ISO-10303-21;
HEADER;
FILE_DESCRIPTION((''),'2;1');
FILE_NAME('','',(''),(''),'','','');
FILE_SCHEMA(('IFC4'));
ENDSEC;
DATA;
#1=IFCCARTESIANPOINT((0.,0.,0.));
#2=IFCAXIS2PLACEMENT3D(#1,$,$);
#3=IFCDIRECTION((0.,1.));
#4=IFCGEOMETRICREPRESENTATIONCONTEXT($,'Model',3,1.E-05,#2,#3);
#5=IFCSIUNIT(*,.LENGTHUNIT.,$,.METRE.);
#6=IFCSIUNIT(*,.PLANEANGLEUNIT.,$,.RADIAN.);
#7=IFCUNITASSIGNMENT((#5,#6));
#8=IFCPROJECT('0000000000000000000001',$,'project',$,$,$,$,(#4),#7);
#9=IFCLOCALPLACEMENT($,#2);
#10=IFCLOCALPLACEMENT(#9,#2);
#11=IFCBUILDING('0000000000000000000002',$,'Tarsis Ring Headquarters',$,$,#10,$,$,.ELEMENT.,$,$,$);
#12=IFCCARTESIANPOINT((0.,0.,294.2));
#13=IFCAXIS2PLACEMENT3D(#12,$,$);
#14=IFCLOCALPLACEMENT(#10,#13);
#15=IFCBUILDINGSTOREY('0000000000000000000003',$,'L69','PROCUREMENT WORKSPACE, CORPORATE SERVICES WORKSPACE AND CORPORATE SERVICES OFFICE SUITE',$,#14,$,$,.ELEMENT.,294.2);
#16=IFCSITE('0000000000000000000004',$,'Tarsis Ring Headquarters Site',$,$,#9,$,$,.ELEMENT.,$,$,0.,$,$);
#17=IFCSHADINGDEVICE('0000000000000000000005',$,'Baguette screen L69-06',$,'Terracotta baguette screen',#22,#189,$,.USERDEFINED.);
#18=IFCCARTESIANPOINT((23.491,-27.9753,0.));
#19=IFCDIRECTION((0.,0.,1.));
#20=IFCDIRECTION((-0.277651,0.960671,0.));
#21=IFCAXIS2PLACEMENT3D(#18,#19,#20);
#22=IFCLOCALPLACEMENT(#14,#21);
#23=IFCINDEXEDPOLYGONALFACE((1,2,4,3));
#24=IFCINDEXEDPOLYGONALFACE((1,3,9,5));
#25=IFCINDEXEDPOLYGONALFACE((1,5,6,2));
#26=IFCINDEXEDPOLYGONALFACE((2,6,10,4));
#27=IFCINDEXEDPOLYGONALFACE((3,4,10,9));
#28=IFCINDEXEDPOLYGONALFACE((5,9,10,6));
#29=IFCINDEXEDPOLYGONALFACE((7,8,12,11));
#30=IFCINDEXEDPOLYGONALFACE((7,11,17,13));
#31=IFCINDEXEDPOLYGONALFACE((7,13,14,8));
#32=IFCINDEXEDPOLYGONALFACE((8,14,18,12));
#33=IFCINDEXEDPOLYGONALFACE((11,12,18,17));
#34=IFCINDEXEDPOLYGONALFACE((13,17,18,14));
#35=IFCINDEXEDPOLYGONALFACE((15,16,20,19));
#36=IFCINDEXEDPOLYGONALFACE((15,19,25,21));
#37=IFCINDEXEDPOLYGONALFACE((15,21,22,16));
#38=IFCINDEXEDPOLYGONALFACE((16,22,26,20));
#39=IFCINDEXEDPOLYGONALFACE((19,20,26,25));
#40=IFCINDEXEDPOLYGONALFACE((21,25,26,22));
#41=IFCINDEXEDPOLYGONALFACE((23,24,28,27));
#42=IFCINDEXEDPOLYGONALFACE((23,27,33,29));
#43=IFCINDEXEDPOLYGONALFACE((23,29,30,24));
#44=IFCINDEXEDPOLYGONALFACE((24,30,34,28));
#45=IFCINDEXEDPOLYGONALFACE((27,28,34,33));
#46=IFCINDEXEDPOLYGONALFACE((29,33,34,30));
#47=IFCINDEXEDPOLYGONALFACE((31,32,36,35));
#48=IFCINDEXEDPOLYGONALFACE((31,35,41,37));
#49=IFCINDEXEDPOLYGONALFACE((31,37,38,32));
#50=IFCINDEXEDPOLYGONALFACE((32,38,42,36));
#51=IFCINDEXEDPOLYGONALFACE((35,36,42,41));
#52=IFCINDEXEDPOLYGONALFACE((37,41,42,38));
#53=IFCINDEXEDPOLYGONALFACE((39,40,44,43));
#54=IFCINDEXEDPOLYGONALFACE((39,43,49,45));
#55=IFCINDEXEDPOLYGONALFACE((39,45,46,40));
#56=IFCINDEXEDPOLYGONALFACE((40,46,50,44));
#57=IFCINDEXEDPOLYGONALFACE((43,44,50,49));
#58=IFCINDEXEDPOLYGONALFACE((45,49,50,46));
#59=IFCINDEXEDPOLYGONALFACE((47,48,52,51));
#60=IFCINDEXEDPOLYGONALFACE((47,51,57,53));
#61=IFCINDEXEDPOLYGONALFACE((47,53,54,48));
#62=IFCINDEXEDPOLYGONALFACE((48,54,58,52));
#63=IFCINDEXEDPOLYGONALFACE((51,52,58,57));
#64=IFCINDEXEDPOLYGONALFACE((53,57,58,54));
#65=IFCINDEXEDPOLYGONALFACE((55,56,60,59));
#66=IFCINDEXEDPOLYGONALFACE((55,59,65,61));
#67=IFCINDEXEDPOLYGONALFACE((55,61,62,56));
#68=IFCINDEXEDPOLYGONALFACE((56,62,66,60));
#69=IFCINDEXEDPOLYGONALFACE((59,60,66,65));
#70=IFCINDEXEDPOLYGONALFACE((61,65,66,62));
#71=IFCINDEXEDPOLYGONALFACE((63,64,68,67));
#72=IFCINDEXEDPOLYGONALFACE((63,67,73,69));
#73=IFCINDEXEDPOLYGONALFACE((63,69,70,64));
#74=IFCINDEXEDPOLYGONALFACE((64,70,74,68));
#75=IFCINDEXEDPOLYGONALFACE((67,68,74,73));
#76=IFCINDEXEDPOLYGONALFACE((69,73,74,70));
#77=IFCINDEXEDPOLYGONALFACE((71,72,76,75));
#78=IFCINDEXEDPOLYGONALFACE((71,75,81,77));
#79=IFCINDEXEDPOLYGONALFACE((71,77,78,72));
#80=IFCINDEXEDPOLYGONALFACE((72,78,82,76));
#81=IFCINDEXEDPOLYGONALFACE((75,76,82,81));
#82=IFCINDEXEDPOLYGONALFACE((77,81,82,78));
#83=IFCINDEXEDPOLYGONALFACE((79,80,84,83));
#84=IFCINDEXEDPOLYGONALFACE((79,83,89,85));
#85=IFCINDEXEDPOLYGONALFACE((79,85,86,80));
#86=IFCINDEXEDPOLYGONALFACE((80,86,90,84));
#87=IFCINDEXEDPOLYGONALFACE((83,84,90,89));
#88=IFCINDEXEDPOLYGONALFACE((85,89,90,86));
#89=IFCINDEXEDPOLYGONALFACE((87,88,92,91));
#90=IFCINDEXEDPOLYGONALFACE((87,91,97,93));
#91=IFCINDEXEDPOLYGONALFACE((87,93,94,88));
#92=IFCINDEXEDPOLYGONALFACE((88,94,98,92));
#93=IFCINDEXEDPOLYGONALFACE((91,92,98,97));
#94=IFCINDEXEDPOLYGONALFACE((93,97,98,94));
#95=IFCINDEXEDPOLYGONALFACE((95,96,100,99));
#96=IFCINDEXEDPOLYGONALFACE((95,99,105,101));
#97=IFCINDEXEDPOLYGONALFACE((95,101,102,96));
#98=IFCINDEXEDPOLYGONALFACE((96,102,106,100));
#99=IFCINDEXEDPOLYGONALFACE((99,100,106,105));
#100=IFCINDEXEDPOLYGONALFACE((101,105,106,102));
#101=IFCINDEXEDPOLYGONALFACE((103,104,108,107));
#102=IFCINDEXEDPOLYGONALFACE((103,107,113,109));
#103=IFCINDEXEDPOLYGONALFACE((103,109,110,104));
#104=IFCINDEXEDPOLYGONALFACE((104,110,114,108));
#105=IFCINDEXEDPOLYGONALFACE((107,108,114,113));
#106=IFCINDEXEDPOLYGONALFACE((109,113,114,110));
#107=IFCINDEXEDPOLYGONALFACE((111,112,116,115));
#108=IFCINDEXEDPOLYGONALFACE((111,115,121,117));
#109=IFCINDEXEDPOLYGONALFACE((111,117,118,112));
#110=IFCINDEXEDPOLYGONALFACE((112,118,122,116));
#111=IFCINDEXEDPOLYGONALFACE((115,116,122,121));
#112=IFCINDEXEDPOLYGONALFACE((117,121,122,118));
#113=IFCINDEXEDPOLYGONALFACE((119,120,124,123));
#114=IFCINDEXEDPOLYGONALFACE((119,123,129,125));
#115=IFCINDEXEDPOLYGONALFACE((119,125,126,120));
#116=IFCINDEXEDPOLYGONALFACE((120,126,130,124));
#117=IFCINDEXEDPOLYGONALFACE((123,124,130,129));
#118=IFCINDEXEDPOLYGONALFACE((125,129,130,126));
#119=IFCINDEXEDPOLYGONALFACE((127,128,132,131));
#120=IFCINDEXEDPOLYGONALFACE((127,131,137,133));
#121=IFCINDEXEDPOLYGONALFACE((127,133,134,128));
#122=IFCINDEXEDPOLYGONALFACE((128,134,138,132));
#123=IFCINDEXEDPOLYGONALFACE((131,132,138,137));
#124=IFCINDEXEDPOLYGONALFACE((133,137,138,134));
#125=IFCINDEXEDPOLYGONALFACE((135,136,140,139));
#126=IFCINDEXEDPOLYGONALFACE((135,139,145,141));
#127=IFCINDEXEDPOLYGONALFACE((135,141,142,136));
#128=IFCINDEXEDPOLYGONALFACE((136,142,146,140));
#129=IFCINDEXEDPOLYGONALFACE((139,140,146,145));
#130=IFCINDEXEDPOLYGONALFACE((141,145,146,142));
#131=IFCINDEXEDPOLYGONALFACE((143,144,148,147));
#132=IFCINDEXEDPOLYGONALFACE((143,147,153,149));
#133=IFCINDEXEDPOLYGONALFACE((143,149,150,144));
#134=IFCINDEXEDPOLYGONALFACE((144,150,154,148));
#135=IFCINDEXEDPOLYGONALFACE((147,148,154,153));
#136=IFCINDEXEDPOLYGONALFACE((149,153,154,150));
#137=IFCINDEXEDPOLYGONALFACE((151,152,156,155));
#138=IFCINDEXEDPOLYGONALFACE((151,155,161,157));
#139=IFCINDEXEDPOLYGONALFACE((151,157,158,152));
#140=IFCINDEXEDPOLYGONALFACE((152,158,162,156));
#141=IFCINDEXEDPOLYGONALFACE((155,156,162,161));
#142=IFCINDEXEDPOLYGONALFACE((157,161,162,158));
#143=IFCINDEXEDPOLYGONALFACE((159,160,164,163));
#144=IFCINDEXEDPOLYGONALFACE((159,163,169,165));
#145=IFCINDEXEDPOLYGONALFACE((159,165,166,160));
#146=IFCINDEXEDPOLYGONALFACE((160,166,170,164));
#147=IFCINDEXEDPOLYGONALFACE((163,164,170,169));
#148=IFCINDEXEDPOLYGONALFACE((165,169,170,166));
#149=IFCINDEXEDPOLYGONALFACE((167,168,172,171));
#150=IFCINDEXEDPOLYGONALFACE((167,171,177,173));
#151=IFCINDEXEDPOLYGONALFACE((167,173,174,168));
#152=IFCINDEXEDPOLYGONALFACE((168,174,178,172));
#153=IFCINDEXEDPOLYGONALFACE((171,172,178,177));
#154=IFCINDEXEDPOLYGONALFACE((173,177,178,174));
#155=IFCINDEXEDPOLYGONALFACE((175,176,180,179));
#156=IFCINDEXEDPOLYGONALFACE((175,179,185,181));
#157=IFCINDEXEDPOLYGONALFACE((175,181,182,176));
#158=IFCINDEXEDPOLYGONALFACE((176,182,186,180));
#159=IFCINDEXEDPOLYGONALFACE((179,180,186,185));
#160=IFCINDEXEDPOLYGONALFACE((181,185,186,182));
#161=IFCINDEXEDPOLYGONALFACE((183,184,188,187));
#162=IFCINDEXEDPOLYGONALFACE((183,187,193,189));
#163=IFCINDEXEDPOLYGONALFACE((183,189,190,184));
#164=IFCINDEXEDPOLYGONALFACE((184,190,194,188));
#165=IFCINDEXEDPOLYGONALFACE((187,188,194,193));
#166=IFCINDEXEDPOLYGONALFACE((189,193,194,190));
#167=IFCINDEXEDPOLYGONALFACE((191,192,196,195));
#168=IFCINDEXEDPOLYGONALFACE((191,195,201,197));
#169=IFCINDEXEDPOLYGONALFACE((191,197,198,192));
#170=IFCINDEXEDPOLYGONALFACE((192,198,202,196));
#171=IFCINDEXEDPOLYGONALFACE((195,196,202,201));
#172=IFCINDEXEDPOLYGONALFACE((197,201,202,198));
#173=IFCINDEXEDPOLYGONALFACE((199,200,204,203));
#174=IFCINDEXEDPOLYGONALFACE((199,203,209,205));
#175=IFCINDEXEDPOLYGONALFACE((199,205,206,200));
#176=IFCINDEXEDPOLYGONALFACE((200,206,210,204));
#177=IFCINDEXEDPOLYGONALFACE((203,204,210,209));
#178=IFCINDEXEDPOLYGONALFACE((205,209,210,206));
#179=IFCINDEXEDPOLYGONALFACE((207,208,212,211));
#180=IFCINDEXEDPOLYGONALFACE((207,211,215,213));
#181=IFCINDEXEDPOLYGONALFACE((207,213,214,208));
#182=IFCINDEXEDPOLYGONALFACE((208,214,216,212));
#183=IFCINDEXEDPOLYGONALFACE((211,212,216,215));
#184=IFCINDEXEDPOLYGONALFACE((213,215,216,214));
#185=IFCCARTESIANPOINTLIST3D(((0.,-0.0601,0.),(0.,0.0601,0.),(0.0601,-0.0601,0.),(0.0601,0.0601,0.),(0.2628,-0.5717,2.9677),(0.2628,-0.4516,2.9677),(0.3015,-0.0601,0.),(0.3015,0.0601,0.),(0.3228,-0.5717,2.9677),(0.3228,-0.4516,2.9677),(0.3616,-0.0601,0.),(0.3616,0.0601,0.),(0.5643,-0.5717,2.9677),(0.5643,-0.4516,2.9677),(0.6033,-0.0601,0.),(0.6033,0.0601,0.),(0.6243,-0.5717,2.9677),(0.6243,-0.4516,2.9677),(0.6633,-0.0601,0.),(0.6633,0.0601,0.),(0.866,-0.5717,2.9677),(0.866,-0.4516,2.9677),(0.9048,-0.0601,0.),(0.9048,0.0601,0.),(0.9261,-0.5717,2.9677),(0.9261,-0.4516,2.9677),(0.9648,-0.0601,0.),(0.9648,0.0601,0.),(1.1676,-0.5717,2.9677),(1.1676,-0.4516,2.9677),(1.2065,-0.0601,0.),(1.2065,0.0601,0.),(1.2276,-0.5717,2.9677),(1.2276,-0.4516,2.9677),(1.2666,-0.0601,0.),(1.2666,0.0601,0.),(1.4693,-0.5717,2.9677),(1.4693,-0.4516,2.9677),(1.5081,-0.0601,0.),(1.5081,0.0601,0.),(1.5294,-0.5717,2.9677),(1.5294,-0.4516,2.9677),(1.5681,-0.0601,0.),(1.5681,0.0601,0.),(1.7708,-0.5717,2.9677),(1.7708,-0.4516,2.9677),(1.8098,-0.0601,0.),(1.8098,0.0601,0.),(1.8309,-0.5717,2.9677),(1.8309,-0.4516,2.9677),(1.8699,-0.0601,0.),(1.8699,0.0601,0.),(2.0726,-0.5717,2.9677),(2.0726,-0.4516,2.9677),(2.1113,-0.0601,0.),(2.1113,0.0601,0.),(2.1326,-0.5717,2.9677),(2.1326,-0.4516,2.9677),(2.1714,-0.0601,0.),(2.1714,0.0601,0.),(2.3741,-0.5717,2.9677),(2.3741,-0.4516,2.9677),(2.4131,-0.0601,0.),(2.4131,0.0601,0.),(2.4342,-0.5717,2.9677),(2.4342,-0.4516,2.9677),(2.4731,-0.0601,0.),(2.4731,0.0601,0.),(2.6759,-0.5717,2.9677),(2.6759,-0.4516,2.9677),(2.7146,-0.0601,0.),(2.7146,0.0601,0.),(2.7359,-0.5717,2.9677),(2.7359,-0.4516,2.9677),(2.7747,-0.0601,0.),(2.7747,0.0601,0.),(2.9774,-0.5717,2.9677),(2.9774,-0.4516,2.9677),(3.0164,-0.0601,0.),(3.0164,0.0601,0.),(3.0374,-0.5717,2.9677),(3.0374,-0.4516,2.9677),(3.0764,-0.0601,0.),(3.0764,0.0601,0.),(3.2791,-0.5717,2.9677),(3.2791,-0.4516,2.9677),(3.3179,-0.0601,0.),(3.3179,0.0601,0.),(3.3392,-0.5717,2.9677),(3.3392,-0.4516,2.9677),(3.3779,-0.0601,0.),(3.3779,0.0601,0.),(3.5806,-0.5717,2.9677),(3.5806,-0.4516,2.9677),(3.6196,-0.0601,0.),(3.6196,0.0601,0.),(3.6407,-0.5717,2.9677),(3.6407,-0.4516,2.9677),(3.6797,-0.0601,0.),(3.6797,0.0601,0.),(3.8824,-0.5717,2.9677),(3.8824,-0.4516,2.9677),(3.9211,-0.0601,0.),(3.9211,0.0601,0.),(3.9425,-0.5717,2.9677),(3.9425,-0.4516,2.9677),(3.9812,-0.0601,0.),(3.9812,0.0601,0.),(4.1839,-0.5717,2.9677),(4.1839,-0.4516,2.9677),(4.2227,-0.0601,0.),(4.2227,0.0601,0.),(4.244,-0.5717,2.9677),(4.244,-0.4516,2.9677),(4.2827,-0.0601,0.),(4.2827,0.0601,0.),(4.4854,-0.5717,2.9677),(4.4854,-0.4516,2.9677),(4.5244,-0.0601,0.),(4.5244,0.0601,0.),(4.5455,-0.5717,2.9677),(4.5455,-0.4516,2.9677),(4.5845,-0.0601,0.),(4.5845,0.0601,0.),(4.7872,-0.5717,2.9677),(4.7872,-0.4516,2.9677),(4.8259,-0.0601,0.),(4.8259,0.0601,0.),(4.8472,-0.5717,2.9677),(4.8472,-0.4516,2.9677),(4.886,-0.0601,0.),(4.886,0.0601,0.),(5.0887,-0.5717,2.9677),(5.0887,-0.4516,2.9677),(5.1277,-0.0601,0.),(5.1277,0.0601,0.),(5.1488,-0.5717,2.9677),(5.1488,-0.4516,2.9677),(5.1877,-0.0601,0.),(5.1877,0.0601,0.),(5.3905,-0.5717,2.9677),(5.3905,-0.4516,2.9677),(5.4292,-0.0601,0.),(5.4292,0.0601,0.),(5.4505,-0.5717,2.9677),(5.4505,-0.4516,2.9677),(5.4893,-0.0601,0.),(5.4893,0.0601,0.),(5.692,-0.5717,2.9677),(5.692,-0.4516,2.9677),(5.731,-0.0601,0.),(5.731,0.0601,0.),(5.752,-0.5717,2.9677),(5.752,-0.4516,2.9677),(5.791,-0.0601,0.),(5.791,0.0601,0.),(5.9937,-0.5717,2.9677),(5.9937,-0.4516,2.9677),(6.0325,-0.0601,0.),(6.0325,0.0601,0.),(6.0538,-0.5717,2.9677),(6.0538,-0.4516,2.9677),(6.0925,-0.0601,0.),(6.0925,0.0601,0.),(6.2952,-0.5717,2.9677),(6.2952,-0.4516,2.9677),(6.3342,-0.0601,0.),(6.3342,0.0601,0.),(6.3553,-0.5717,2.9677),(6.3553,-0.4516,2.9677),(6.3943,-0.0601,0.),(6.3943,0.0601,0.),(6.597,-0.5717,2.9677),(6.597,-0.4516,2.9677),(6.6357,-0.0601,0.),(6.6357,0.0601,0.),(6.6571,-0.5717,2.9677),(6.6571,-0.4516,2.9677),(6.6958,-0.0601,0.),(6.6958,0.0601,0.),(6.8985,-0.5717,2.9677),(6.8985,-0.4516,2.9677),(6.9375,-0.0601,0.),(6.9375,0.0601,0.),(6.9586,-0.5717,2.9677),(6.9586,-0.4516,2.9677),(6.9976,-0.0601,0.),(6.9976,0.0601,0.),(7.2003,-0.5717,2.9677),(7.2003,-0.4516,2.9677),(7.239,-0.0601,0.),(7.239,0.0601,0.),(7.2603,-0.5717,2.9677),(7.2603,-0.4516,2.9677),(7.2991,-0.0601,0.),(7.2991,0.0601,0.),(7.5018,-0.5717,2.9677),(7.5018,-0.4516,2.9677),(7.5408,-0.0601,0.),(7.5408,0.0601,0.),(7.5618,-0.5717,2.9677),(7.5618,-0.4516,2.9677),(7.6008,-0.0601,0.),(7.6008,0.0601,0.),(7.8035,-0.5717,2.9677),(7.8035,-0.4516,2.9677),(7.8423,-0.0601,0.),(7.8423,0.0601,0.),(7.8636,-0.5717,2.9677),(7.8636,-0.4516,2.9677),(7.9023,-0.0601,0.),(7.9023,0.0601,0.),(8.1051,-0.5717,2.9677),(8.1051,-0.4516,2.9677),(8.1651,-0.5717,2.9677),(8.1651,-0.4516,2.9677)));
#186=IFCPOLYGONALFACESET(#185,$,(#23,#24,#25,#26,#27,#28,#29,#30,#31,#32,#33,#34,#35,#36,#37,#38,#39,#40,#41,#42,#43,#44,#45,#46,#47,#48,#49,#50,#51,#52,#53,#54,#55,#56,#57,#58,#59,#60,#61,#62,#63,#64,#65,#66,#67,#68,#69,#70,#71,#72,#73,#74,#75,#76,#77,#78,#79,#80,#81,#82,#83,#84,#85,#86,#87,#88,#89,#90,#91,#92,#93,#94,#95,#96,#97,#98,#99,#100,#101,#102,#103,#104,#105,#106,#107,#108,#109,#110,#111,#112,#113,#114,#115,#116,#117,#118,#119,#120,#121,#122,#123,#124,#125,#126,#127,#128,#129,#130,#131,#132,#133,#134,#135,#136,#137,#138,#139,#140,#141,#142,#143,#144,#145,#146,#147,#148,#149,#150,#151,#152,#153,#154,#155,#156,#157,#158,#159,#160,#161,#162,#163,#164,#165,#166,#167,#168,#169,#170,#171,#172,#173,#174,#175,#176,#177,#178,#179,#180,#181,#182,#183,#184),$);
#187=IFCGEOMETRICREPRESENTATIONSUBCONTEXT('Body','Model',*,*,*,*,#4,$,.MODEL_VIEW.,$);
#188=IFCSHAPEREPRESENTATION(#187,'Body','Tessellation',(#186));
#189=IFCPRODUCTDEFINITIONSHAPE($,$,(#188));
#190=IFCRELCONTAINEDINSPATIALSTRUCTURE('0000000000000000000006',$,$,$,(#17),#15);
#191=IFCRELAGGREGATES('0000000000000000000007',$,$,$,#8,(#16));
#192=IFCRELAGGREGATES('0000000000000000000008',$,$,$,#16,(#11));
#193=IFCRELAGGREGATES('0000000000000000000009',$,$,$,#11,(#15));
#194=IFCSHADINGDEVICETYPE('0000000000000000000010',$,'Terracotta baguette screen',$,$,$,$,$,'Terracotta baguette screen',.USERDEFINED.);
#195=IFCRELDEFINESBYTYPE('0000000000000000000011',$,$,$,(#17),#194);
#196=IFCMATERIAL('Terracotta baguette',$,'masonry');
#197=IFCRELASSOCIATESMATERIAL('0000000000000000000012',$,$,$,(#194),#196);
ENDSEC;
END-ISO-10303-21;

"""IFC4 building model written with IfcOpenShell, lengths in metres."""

from ifc_helpers import new_model, si_unit, direction, frame, frame_2d, origin, place, context, subcontext, project, spatial, rectangle, composite_profile, extrude, material, type_object, element, save


model = new_model("IFC4")

# Units and contexts
model_context = context("Model", 3, precision=1e-05, world=origin(), true_north=direction((0.0, 1.0)))
body_context = subcontext(model_context, "Body", "Model", "MODEL_VIEW")
ifc_project = project(units=[si_unit("LENGTHUNIT", "METRE"), si_unit("PLANEANGLEUNIT", "RADIAN")], contexts=[model_context])

# Site, building, storey
site_placement = place(None, origin())
site = spatial("IfcSite", under=ifc_project, at=site_placement, Name="Tarsis Ring Headquarters Site", CompositionType="ELEMENT", RefElevation=0.0)
building_placement = place(site_placement, origin())
building = spatial("IfcBuilding", under=site, at=building_placement, Name="Tarsis Ring Headquarters", CompositionType="ELEMENT")
storey_placement = place(building_placement, frame((0.0, 0.0, 294.2)))
storey = spatial("IfcBuildingStorey", under=building, at=storey_placement, Name="L69", Description="PROCUREMENT WORKSPACE, CORPORATE SERVICES WORKSPACE AND CORPORATE SERVICES OFFICE SUITE", CompositionType="ELEMENT", Elevation=294.2)

# Shading device
ifc_material_1 = material(Name="Terracotta baguette", Category="masonry")
shading_device_type = type_object("IfcShadingDeviceType", Name="Terracotta baguette screen", ElementType="Terracotta baguette screen", PredefinedType="USERDEFINED", material=ifc_material_1)
shading_device_1_placement = place(storey_placement, frame((23.491, -27.9753, 0.0), z_axis=(0.0, 0.0, 1.0), x_axis=(-0.277651, 0.960671, 0.0)))
element("IfcShadingDevice", 1, at=shading_device_1_placement, inside=storey, type_object=shading_device_type, Name="Baguette screen L69-06", ObjectType="Terracotta baguette screen", PredefinedType="USERDEFINED", context=body_context, shape_type="SweptSolid", body=[
    extrude(composite_profile([rectangle(XDim=0.0601, YDim=0.1201, at=frame_2d((0.03, 0.0))), rectangle(XDim=0.0601, YDim=0.1201, at=frame_2d((0.3315, 0.0))), rectangle(XDim=0.0601, YDim=0.1201, at=frame_2d((0.6333, 0.0))), rectangle(XDim=0.0601, YDim=0.1201, at=frame_2d((0.9348, 0.0))), rectangle(XDim=0.0601, YDim=0.1201, at=frame_2d((1.2366, 0.0))), rectangle(XDim=0.0601, YDim=0.1201, at=frame_2d((1.5381, 0.0))), rectangle(XDim=0.0601, YDim=0.1201, at=frame_2d((1.8398, 0.0))), rectangle(XDim=0.0601, YDim=0.1201, at=frame_2d((2.1414, 0.0))), rectangle(XDim=0.0601, YDim=0.1201, at=frame_2d((2.4431, 0.0))), rectangle(XDim=0.0601, YDim=0.1201, at=frame_2d((2.7446, 0.0))), rectangle(XDim=0.0601, YDim=0.1201, at=frame_2d((3.0464, 0.0))), rectangle(XDim=0.0601, YDim=0.1201, at=frame_2d((3.3479, 0.0))), rectangle(XDim=0.0601, YDim=0.1201, at=frame_2d((3.6497, 0.0))), rectangle(XDim=0.0601, YDim=0.1201, at=frame_2d((3.9512, 0.0))), rectangle(XDim=0.0601, YDim=0.1201, at=frame_2d((4.2527, 0.0))), rectangle(XDim=0.0601, YDim=0.1201, at=frame_2d((4.5544, 0.0))), rectangle(XDim=0.0601, YDim=0.1201, at=frame_2d((4.856, 0.0))), rectangle(XDim=0.0601, YDim=0.1201, at=frame_2d((5.1577, 0.0))), rectangle(XDim=0.0601, YDim=0.1201, at=frame_2d((5.4592, 0.0))), rectangle(XDim=0.0601, YDim=0.1201, at=frame_2d((5.761, 0.0))), rectangle(XDim=0.0601, YDim=0.1201, at=frame_2d((6.0625, 0.0))), rectangle(XDim=0.0601, YDim=0.1201, at=frame_2d((6.3643, 0.0))), rectangle(XDim=0.0601, YDim=0.1201, at=frame_2d((6.6658, 0.0))), rectangle(XDim=0.0601, YDim=0.1201, at=frame_2d((6.9675, 0.0))), rectangle(XDim=0.0601, YDim=0.1201, at=frame_2d((7.269, 0.0))), rectangle(XDim=0.0601, YDim=0.1201, at=frame_2d((7.5708, 0.0))), rectangle(XDim=0.0601, YDim=0.1201, at=frame_2d((7.8723, 0.0)))]), origin(), (0.086925, -0.169255, 0.981732), 3.0229),
])

save(model, "model.ifc")
